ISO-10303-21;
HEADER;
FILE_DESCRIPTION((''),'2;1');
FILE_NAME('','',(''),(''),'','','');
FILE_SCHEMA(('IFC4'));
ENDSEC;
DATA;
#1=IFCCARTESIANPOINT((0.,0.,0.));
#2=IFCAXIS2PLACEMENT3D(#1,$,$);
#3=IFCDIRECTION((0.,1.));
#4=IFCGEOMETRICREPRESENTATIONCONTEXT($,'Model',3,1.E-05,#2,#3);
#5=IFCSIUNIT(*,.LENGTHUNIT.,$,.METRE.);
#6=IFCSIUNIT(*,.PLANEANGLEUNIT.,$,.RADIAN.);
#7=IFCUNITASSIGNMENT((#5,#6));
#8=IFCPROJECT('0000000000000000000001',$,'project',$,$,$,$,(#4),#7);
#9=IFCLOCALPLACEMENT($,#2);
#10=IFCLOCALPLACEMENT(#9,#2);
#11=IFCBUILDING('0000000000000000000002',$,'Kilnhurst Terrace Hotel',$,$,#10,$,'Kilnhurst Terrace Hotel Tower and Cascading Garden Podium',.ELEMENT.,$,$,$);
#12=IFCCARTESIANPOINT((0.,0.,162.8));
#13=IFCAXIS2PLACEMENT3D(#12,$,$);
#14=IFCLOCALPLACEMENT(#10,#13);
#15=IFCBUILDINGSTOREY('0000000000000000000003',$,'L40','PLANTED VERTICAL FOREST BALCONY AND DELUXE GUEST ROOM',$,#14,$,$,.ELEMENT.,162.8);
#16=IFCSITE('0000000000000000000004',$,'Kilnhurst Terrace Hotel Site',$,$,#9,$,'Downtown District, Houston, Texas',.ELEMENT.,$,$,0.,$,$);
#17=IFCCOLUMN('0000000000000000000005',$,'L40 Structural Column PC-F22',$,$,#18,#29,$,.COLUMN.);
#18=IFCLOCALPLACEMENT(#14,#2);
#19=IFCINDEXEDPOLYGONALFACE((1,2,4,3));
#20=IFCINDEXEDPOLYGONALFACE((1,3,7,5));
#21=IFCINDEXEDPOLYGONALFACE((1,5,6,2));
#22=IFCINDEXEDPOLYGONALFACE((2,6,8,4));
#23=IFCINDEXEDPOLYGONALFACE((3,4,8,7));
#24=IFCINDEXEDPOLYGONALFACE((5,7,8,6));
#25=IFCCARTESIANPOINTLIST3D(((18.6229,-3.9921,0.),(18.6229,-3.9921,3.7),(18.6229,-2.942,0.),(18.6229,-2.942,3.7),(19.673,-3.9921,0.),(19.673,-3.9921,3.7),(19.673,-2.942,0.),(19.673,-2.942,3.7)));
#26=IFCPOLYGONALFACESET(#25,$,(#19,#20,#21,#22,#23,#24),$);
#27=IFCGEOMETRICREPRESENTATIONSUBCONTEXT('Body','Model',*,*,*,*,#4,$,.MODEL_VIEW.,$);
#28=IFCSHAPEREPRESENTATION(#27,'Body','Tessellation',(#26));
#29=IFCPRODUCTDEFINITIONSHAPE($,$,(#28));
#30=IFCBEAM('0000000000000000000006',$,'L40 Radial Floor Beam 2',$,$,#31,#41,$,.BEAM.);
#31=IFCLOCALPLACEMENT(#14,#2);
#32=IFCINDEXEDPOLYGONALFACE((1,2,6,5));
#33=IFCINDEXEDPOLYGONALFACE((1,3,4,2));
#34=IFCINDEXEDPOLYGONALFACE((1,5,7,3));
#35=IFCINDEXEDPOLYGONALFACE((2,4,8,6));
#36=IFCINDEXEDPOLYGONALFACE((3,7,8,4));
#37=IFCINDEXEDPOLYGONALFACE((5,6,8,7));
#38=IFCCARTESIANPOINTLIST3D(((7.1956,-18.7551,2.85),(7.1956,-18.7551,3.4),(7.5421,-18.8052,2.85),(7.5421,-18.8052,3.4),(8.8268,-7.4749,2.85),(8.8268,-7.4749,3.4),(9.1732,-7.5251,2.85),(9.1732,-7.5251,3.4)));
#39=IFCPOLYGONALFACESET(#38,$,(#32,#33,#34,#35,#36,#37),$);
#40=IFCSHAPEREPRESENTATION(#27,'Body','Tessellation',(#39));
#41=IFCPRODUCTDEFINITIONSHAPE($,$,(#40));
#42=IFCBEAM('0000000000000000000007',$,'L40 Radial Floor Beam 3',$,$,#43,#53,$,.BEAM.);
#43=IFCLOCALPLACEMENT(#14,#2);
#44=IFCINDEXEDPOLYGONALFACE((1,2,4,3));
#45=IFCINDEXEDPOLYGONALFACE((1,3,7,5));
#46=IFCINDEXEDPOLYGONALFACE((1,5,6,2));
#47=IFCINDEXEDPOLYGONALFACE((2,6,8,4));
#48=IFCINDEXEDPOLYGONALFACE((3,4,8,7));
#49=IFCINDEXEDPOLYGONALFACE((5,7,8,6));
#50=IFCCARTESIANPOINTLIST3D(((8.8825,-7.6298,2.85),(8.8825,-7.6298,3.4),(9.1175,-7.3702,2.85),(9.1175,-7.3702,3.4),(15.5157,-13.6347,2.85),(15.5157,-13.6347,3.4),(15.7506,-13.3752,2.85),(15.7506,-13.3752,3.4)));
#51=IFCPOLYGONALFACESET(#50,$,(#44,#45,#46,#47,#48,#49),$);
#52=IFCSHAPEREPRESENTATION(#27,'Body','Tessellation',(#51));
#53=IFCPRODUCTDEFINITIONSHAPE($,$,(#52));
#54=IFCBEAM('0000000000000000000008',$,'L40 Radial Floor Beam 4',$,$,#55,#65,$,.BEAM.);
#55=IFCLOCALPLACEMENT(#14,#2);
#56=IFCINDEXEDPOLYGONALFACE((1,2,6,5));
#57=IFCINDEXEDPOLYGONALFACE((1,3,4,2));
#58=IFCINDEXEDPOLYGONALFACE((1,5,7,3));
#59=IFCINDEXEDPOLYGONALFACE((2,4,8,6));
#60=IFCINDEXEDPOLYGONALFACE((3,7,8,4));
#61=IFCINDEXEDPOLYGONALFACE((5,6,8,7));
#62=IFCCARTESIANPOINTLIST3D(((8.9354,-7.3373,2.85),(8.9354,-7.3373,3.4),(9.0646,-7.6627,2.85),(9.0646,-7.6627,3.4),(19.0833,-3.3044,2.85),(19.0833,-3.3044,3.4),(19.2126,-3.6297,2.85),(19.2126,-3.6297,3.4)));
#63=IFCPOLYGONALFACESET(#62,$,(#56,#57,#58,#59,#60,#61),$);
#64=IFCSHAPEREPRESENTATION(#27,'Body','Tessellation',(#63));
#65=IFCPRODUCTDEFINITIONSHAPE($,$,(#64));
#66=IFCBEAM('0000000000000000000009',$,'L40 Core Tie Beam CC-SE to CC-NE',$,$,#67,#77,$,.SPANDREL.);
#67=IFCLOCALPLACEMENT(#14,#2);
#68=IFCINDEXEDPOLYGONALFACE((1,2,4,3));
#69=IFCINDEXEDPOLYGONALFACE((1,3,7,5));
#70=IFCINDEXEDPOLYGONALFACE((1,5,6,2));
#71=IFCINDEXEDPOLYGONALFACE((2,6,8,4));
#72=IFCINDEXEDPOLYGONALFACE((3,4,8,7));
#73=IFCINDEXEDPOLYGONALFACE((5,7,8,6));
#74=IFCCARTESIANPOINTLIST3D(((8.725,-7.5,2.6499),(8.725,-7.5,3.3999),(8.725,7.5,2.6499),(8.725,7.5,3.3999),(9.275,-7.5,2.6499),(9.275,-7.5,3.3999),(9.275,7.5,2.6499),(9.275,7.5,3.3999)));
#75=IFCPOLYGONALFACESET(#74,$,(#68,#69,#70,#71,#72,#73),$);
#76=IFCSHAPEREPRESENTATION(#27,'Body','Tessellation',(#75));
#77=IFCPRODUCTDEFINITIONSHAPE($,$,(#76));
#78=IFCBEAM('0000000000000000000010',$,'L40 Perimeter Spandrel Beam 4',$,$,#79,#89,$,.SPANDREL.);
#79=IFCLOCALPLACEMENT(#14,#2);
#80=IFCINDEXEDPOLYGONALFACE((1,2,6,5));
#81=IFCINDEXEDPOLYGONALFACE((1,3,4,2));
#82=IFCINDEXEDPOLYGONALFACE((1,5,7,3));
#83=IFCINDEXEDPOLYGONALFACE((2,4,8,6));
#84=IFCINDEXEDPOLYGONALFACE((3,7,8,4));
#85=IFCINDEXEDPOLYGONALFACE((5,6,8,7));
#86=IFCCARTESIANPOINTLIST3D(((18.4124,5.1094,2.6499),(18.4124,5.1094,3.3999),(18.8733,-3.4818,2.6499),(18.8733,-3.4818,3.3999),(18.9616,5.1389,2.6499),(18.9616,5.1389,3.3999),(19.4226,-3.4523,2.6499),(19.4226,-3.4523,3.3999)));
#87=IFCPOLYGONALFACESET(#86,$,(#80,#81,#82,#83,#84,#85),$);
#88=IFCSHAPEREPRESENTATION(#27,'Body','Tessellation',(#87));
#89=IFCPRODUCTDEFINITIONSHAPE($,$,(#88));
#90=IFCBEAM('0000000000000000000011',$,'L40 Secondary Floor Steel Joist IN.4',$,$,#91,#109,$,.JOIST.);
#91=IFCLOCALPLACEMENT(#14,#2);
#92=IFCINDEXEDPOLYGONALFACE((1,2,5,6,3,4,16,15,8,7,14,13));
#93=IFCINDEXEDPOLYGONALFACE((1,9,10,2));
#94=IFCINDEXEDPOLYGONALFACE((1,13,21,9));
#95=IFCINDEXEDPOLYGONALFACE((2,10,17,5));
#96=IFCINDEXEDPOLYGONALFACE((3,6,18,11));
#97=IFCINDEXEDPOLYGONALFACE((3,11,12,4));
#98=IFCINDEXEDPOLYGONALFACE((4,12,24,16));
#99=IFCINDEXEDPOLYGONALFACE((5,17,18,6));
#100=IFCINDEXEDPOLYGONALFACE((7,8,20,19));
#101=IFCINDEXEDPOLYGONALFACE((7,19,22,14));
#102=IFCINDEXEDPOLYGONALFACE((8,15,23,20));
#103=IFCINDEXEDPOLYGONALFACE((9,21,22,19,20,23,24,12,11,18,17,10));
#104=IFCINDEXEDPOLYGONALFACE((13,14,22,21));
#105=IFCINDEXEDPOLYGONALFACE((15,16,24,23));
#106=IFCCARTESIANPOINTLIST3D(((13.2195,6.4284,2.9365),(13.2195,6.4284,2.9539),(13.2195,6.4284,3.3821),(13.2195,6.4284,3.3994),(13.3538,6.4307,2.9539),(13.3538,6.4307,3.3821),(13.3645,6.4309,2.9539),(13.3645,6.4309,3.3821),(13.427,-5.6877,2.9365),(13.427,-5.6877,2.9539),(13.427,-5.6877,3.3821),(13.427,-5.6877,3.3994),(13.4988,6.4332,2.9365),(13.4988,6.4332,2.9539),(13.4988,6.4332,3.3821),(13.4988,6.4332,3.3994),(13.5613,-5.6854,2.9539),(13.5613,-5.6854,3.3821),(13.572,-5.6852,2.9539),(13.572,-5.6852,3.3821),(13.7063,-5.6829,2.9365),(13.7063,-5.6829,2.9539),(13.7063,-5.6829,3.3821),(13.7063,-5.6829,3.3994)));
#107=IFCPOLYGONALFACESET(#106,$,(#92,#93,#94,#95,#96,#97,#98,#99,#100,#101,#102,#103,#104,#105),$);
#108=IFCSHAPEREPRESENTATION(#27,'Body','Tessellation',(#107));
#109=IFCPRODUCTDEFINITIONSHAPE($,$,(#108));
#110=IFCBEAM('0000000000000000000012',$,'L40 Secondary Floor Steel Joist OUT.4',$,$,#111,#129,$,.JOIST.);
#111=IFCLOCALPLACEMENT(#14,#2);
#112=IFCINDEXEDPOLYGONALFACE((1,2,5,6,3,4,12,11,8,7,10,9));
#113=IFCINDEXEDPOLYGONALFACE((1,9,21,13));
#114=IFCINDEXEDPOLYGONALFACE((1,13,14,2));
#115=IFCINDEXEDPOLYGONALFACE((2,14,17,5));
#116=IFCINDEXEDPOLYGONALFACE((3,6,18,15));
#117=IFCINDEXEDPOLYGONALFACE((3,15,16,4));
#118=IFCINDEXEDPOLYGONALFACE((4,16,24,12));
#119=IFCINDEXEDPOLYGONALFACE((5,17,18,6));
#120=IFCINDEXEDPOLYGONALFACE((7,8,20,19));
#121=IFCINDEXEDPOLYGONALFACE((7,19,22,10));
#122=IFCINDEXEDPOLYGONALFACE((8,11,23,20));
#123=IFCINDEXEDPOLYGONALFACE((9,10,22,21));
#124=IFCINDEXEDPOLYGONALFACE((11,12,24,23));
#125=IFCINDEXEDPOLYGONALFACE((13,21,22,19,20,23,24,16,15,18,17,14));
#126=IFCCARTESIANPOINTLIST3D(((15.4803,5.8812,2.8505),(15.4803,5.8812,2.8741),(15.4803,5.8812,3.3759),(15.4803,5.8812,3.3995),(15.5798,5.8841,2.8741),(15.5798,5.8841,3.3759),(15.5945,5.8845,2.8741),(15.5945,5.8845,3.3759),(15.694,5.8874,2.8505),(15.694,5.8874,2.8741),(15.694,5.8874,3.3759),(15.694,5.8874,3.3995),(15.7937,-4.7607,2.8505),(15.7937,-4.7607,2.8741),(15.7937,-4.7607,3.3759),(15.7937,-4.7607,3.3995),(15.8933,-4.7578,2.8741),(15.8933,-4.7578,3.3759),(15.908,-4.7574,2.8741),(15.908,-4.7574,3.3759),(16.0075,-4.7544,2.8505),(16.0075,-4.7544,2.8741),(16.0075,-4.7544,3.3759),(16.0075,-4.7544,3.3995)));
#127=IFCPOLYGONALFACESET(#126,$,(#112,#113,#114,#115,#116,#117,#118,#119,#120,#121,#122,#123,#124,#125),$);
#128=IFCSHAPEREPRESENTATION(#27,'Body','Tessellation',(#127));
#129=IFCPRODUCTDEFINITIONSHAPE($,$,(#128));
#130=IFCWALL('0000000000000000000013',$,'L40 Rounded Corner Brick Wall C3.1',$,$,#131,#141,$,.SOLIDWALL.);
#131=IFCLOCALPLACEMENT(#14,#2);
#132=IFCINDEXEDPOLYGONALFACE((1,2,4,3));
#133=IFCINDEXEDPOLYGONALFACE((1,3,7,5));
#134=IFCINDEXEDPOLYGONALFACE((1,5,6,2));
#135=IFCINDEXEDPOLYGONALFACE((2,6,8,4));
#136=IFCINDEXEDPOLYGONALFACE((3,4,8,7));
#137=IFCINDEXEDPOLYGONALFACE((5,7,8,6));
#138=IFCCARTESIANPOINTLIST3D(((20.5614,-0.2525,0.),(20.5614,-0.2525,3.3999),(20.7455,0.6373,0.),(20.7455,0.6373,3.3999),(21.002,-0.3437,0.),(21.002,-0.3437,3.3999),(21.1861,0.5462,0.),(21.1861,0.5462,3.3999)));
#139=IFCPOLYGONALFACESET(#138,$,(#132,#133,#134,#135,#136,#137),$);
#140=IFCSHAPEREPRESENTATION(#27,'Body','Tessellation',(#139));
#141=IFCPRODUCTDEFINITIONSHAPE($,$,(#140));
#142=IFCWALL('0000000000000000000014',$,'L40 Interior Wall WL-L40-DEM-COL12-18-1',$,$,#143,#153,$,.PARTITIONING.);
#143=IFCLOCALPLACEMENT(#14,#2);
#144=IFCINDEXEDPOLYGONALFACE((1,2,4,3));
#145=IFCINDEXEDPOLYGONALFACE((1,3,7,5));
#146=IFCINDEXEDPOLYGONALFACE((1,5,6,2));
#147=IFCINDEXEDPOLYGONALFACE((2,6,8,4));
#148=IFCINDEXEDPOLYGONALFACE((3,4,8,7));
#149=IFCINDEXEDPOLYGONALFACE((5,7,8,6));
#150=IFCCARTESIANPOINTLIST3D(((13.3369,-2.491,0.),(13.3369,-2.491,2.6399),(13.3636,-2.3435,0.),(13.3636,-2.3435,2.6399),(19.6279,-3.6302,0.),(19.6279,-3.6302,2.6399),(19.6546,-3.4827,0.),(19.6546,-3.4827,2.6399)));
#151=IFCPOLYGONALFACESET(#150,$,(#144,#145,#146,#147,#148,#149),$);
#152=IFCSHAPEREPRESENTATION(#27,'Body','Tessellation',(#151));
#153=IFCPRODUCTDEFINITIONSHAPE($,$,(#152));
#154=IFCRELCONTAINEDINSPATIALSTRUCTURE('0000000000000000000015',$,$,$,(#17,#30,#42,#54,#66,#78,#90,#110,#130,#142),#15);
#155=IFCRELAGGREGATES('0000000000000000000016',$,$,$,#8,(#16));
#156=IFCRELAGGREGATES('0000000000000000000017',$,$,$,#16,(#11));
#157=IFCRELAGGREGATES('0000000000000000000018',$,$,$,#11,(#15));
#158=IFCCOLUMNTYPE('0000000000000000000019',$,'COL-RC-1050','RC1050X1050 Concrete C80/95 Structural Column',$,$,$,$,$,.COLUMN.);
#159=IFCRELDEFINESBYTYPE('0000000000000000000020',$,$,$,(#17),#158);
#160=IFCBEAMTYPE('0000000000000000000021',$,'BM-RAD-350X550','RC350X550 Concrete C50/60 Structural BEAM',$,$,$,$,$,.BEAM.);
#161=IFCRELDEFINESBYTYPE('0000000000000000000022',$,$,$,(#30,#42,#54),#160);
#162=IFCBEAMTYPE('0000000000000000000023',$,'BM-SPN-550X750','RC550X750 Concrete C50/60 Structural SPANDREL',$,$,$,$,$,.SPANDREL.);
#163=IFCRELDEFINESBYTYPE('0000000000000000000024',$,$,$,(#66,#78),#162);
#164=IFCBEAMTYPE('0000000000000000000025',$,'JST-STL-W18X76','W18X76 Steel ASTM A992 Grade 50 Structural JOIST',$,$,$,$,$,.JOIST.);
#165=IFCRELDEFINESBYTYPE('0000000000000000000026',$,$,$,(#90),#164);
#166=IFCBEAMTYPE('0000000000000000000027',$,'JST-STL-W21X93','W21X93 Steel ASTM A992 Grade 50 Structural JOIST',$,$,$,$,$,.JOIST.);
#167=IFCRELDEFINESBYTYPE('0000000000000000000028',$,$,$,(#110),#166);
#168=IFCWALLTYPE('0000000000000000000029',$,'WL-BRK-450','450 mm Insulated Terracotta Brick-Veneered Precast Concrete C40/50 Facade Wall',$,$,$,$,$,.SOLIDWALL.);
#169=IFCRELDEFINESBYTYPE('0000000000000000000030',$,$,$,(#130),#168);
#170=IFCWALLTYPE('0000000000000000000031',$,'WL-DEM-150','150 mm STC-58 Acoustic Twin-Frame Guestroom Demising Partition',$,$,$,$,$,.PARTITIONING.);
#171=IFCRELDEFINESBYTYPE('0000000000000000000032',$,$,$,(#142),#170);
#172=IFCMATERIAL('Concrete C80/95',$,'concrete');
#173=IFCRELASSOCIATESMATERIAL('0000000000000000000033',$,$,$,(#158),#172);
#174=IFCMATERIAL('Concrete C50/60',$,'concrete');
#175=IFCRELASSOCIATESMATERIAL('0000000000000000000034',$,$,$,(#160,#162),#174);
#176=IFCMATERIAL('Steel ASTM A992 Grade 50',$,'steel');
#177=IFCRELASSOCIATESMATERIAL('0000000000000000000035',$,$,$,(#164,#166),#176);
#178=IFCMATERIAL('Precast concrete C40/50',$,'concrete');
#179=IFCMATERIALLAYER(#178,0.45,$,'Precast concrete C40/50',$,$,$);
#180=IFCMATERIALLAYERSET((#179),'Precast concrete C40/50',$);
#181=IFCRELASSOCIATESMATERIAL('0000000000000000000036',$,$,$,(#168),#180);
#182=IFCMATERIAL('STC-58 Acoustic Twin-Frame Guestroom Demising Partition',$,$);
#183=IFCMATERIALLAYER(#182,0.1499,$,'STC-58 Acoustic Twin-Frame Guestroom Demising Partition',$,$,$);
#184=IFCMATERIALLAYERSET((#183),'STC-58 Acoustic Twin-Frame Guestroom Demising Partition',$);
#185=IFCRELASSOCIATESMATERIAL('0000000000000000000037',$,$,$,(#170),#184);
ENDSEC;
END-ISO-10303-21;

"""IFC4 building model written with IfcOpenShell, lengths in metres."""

from ifc_helpers import new_model, si_unit, direction, frame, frame_2d, origin, origin_2d, place, context, subcontext, project, spatial, rectangle, i_section, extrude, material, layer, layer_set, material_profile, profile_set, type_object, element, save


model = new_model("IFC4")

# Units and contexts
model_context = context("Model", 3, precision=1e-05, world=origin(), true_north=direction((0.0, 1.0)))
body_context = subcontext(model_context, "Body", "Model", "MODEL_VIEW")
ifc_project = project(units=[si_unit("LENGTHUNIT", "METRE"), si_unit("PLANEANGLEUNIT", "RADIAN")], contexts=[model_context])

# Site, building, storey
site_placement = place(None, origin())
site = spatial("IfcSite", under=ifc_project, at=site_placement, Name="Kilnhurst Terrace Hotel Site", LongName="Downtown District, Houston, Texas", CompositionType="ELEMENT", RefElevation=0.0)
building_placement = place(site_placement, origin())
building = spatial("IfcBuilding", under=site, at=building_placement, Name="Kilnhurst Terrace Hotel", LongName="Kilnhurst Terrace Hotel Tower and Cascading Garden Podium", CompositionType="ELEMENT")
storey_placement = place(building_placement, frame((0.0, 0.0, 162.8)))
storey = spatial("IfcBuildingStorey", under=building, at=storey_placement, Name="L40", Description="PLANTED VERTICAL FOREST BALCONY AND DELUXE GUEST ROOM", CompositionType="ELEMENT", Elevation=162.8)

# Column
ifc_material_1 = material(Name="Concrete C80/95", Category="concrete")
ifc_material_profile_1 = material_profile(ifc_material_1, rectangle(XDim=1.05, YDim=1.05, at=origin_2d()), Name="RC1050X1050")
ifc_profile_set_1 = profile_set([ifc_material_profile_1], Name="Concrete C80/95")
column_type = type_object("IfcColumnType", Name="COL-RC-1050", Description="RC1050X1050 Concrete C80/95 Structural Column", PredefinedType="COLUMN", material=ifc_profile_set_1)
column_placement = place(storey_placement, frame((19.1479, -3.467, 0.0), z_axis=(0.0, 0.0, 1.0), x_axis=(1.0, 0.0, 0.0)))
element("IfcColumn", 1, at=column_placement, inside=storey, type_object=column_type, Name="L40 Structural Column PC-F22", PredefinedType="COLUMN", context=body_context, shape_type="SweptSolid", body=[
    extrude(rectangle(XDim=1.05, YDim=1.05, at=origin_2d()), origin(), (0.0, 0.0, 1.0), 3.7),
])

# Beams
ifc_material_2 = material(Name="Concrete C50/60", Category="concrete")
ifc_material_profile_2 = material_profile(ifc_material_2, rectangle(XDim=0.3501, YDim=0.55, at=origin_2d()), Name="RC350X550")
ifc_profile_set_2 = profile_set([ifc_material_profile_2], Name="Concrete C50/60")
beam_type_1 = type_object("IfcBeamType", Name="BM-RAD-350X550", Description="RC350X550 Concrete C50/60 Structural BEAM", PredefinedType="BEAM", material=ifc_profile_set_2)
beam_1_placement = place(storey_placement, frame((9.0, -7.5, 3.125), z_axis=(-0.143113, -0.989706, 0.0), x_axis=(0.989706, -0.143113, 0.0)))
element("IfcBeam", 2, at=beam_1_placement, inside=storey, type_object=beam_type_1, Name="L40 Radial Floor Beam 2", PredefinedType="BEAM", context=body_context, shape_type="SweptSolid", body=[
    extrude(rectangle(XDim=0.3501, YDim=0.55, at=origin_2d()), origin(), (0.0, 0.0, 1.0), 11.3975),
])
beam_2_placement = place(storey_placement, frame((9.0, -7.5, 3.125), z_axis=(0.741339, -0.671131, 0.0), x_axis=(0.671131, 0.741339, 0.0)))
element("IfcBeam", 3, at=beam_2_placement, inside=storey, type_object=beam_type_1, Name="L40 Radial Floor Beam 3", PredefinedType="BEAM", context=body_context, shape_type="SweptSolid", body=[
    extrude(rectangle(XDim=0.3501, YDim=0.55, at=origin_2d()), origin(), (0.0, 0.0, 1.0), 8.9475),
])
beam_3_placement = place(storey_placement, frame((9.0, -7.5, 3.125), z_axis=(0.929302, 0.36932, 0.0), x_axis=(-0.36932, 0.929302, 0.0)))
element("IfcBeam", 4, at=beam_3_placement, inside=storey, type_object=beam_type_1, Name="L40 Radial Floor Beam 4", PredefinedType="BEAM", context=body_context, shape_type="SweptSolid", body=[
    extrude(rectangle(XDim=0.3501, YDim=0.55, at=origin_2d()), origin(), (0.0, 0.0, 1.0), 10.9199),
])
ifc_material_profile_3 = material_profile(ifc_material_2, rectangle(XDim=0.55, YDim=0.75, at=origin_2d()), Name="RC550X750")
ifc_profile_set_3 = profile_set([ifc_material_profile_3], Name="Concrete C50/60")
beam_type_2 = type_object("IfcBeamType", Name="BM-SPN-550X750", Description="RC550X750 Concrete C50/60 Structural SPANDREL", PredefinedType="SPANDREL", material=ifc_profile_set_3)
beam_4_placement = place(storey_placement, frame((9.0, -7.5, 3.0249), z_axis=(0.0, 1.0, 0.0), x_axis=(-1.0, 0.0, 0.0)))
element("IfcBeam", 5, at=beam_4_placement, inside=storey, type_object=beam_type_2, Name="L40 Core Tie Beam CC-SE to CC-NE", PredefinedType="SPANDREL", context=body_context, shape_type="SweptSolid", body=[
    extrude(rectangle(XDim=0.55, YDim=0.75, at=origin_2d()), origin(), (0.0, 0.0, 1.0), 15.0),
])
beam_5_placement = place(storey_placement, frame((19.1479, -3.467, 3.0249), z_axis=(-0.053576, 0.998564, 0.0), x_axis=(-0.998564, -0.053576, 0.0)))
element("IfcBeam", 6, at=beam_5_placement, inside=storey, type_object=beam_type_2, Name="L40 Perimeter Spandrel Beam 4", PredefinedType="SPANDREL", context=body_context, shape_type="SweptSolid", body=[
    extrude(rectangle(XDim=0.55, YDim=0.75, at=origin_2d()), origin(), (0.0, 0.0, 1.0), 8.6035),
])
ifc_material_3 = material(Name="Steel ASTM A992 Grade 50", Category="steel")
ifc_material_profile_4 = material_profile(ifc_material_3, i_section(OverallWidth=0.2793, OverallDepth=0.4629, WebThickness=0.0107, FlangeThickness=0.0173, at=origin_2d()), Name="W18X76")
ifc_profile_set_4 = profile_set([ifc_material_profile_4], Name="Steel ASTM A992 Grade 50")
beam_type_3 = type_object("IfcBeamType", Name="JST-STL-W18X76", Description="W18X76 Steel ASTM A992 Grade 50 Structural JOIST", PredefinedType="JOIST", material=ifc_profile_set_4)
beam_6_placement = place(storey_placement, frame((13.5667, -5.6853, 3.168), z_axis=(-0.017125, 0.999853, 0.0), x_axis=(-0.999853, -0.017125, 0.0)))
element("IfcBeam", 7, at=beam_6_placement, inside=storey, type_object=beam_type_3, Name="L40 Secondary Floor Steel Joist IN.4", PredefinedType="JOIST", context=body_context, shape_type="SweptSolid", body=[
    extrude(i_section(OverallWidth=0.2793, OverallDepth=0.4629, WebThickness=0.0107, FlangeThickness=0.0173, at=origin_2d()), origin(), (0.0, 0.0, 1.0), 12.1179),
])
ifc_material_profile_5 = material_profile(ifc_material_3, i_section(OverallWidth=0.2139, OverallDepth=0.5491, WebThickness=0.0146, FlangeThickness=0.0237, at=origin_2d()), Name="W21X93")
ifc_profile_set_5 = profile_set([ifc_material_profile_5], Name="Steel ASTM A992 Grade 50")
beam_type_4 = type_object("IfcBeamType", Name="JST-STL-W21X93", Description="W21X93 Steel ASTM A992 Grade 50 Structural JOIST", PredefinedType="JOIST", material=ifc_profile_set_5)
beam_7_placement = place(storey_placement, frame((15.9006, -4.7576, 3.125), z_axis=(-0.029444, 0.999566, 0.0), x_axis=(-0.999566, -0.029444, 0.0)))
element("IfcBeam", 8, at=beam_7_placement, inside=storey, type_object=beam_type_4, Name="L40 Secondary Floor Steel Joist OUT.4", PredefinedType="JOIST", context=body_context, shape_type="SweptSolid", body=[
    extrude(i_section(OverallWidth=0.2139, OverallDepth=0.5491, WebThickness=0.0146, FlangeThickness=0.0237, at=origin_2d()), origin(), (0.0, 0.0, 1.0), 10.6465),
])

# Wall
ifc_material_4 = material(Name="Precast concrete C40/50", Category="concrete")
ifc_layer_1 = layer(ifc_material_4, 0.45, Name="Precast concrete C40/50")
ifc_layer_set_1 = layer_set([ifc_layer_1], Name="Precast concrete C40/50")
wall_type_1 = type_object("IfcWallType", Name="WL-BRK-450", Description="450 mm Insulated Terracotta Brick-Veneered Precast Concrete C40/50 Facade Wall", PredefinedType="SOLIDWALL", material=ifc_layer_set_1)
wall_1_placement = place(storey_placement, frame((20.7817, -0.2981, 0.0), z_axis=(0.0, 0.0, 1.0), x_axis=(0.20257, 0.979268, 0.0)))
element("IfcWall", 9, at=wall_1_placement, inside=storey, type_object=wall_type_1, Name="L40 Rounded Corner Brick Wall C3.1", PredefinedType="SOLIDWALL", context=body_context, shape_type="SweptSolid", body=[
    extrude(rectangle(XDim=0.9087, YDim=0.45, at=frame_2d((0.4543, 0.0))), origin(), (0.0, 0.0, 1.0), 3.3999),
])

# Wall
ifc_material_5 = material(Name="STC-58 Acoustic Twin-Frame Guestroom Demising Partition")
ifc_layer_2 = layer(ifc_material_5, 0.1499, Name="STC-58 Acoustic Twin-Frame Guestroom Demising Partition")
ifc_layer_set_2 = layer_set([ifc_layer_2], Name="STC-58 Acoustic Twin-Frame Guestroom Demising Partition")
wall_type_2 = type_object("IfcWallType", Name="WL-DEM-150", Description="150 mm STC-58 Acoustic Twin-Frame Guestroom Demising Partition", PredefinedType="PARTITIONING", material=ifc_layer_set_2)
wall_2_placement = place(storey_placement, frame((13.3501, -2.4172, 0.0), z_axis=(0.0, 0.0, 1.0), x_axis=(0.983998, -0.17818, 0.0)))
element("IfcWall", 10, at=wall_2_placement, inside=storey, type_object=wall_type_2, Name="L40 Interior Wall WL-L40-DEM-COL12-18-1", PredefinedType="PARTITIONING", context=body_context, shape_type="SweptSolid", body=[
    extrude(rectangle(XDim=6.3933, YDim=0.1499, at=frame_2d((3.1968, 0.0))), origin(), (0.0, 0.0, 1.0), 2.6399),
])

save(model, "model.ifc")
